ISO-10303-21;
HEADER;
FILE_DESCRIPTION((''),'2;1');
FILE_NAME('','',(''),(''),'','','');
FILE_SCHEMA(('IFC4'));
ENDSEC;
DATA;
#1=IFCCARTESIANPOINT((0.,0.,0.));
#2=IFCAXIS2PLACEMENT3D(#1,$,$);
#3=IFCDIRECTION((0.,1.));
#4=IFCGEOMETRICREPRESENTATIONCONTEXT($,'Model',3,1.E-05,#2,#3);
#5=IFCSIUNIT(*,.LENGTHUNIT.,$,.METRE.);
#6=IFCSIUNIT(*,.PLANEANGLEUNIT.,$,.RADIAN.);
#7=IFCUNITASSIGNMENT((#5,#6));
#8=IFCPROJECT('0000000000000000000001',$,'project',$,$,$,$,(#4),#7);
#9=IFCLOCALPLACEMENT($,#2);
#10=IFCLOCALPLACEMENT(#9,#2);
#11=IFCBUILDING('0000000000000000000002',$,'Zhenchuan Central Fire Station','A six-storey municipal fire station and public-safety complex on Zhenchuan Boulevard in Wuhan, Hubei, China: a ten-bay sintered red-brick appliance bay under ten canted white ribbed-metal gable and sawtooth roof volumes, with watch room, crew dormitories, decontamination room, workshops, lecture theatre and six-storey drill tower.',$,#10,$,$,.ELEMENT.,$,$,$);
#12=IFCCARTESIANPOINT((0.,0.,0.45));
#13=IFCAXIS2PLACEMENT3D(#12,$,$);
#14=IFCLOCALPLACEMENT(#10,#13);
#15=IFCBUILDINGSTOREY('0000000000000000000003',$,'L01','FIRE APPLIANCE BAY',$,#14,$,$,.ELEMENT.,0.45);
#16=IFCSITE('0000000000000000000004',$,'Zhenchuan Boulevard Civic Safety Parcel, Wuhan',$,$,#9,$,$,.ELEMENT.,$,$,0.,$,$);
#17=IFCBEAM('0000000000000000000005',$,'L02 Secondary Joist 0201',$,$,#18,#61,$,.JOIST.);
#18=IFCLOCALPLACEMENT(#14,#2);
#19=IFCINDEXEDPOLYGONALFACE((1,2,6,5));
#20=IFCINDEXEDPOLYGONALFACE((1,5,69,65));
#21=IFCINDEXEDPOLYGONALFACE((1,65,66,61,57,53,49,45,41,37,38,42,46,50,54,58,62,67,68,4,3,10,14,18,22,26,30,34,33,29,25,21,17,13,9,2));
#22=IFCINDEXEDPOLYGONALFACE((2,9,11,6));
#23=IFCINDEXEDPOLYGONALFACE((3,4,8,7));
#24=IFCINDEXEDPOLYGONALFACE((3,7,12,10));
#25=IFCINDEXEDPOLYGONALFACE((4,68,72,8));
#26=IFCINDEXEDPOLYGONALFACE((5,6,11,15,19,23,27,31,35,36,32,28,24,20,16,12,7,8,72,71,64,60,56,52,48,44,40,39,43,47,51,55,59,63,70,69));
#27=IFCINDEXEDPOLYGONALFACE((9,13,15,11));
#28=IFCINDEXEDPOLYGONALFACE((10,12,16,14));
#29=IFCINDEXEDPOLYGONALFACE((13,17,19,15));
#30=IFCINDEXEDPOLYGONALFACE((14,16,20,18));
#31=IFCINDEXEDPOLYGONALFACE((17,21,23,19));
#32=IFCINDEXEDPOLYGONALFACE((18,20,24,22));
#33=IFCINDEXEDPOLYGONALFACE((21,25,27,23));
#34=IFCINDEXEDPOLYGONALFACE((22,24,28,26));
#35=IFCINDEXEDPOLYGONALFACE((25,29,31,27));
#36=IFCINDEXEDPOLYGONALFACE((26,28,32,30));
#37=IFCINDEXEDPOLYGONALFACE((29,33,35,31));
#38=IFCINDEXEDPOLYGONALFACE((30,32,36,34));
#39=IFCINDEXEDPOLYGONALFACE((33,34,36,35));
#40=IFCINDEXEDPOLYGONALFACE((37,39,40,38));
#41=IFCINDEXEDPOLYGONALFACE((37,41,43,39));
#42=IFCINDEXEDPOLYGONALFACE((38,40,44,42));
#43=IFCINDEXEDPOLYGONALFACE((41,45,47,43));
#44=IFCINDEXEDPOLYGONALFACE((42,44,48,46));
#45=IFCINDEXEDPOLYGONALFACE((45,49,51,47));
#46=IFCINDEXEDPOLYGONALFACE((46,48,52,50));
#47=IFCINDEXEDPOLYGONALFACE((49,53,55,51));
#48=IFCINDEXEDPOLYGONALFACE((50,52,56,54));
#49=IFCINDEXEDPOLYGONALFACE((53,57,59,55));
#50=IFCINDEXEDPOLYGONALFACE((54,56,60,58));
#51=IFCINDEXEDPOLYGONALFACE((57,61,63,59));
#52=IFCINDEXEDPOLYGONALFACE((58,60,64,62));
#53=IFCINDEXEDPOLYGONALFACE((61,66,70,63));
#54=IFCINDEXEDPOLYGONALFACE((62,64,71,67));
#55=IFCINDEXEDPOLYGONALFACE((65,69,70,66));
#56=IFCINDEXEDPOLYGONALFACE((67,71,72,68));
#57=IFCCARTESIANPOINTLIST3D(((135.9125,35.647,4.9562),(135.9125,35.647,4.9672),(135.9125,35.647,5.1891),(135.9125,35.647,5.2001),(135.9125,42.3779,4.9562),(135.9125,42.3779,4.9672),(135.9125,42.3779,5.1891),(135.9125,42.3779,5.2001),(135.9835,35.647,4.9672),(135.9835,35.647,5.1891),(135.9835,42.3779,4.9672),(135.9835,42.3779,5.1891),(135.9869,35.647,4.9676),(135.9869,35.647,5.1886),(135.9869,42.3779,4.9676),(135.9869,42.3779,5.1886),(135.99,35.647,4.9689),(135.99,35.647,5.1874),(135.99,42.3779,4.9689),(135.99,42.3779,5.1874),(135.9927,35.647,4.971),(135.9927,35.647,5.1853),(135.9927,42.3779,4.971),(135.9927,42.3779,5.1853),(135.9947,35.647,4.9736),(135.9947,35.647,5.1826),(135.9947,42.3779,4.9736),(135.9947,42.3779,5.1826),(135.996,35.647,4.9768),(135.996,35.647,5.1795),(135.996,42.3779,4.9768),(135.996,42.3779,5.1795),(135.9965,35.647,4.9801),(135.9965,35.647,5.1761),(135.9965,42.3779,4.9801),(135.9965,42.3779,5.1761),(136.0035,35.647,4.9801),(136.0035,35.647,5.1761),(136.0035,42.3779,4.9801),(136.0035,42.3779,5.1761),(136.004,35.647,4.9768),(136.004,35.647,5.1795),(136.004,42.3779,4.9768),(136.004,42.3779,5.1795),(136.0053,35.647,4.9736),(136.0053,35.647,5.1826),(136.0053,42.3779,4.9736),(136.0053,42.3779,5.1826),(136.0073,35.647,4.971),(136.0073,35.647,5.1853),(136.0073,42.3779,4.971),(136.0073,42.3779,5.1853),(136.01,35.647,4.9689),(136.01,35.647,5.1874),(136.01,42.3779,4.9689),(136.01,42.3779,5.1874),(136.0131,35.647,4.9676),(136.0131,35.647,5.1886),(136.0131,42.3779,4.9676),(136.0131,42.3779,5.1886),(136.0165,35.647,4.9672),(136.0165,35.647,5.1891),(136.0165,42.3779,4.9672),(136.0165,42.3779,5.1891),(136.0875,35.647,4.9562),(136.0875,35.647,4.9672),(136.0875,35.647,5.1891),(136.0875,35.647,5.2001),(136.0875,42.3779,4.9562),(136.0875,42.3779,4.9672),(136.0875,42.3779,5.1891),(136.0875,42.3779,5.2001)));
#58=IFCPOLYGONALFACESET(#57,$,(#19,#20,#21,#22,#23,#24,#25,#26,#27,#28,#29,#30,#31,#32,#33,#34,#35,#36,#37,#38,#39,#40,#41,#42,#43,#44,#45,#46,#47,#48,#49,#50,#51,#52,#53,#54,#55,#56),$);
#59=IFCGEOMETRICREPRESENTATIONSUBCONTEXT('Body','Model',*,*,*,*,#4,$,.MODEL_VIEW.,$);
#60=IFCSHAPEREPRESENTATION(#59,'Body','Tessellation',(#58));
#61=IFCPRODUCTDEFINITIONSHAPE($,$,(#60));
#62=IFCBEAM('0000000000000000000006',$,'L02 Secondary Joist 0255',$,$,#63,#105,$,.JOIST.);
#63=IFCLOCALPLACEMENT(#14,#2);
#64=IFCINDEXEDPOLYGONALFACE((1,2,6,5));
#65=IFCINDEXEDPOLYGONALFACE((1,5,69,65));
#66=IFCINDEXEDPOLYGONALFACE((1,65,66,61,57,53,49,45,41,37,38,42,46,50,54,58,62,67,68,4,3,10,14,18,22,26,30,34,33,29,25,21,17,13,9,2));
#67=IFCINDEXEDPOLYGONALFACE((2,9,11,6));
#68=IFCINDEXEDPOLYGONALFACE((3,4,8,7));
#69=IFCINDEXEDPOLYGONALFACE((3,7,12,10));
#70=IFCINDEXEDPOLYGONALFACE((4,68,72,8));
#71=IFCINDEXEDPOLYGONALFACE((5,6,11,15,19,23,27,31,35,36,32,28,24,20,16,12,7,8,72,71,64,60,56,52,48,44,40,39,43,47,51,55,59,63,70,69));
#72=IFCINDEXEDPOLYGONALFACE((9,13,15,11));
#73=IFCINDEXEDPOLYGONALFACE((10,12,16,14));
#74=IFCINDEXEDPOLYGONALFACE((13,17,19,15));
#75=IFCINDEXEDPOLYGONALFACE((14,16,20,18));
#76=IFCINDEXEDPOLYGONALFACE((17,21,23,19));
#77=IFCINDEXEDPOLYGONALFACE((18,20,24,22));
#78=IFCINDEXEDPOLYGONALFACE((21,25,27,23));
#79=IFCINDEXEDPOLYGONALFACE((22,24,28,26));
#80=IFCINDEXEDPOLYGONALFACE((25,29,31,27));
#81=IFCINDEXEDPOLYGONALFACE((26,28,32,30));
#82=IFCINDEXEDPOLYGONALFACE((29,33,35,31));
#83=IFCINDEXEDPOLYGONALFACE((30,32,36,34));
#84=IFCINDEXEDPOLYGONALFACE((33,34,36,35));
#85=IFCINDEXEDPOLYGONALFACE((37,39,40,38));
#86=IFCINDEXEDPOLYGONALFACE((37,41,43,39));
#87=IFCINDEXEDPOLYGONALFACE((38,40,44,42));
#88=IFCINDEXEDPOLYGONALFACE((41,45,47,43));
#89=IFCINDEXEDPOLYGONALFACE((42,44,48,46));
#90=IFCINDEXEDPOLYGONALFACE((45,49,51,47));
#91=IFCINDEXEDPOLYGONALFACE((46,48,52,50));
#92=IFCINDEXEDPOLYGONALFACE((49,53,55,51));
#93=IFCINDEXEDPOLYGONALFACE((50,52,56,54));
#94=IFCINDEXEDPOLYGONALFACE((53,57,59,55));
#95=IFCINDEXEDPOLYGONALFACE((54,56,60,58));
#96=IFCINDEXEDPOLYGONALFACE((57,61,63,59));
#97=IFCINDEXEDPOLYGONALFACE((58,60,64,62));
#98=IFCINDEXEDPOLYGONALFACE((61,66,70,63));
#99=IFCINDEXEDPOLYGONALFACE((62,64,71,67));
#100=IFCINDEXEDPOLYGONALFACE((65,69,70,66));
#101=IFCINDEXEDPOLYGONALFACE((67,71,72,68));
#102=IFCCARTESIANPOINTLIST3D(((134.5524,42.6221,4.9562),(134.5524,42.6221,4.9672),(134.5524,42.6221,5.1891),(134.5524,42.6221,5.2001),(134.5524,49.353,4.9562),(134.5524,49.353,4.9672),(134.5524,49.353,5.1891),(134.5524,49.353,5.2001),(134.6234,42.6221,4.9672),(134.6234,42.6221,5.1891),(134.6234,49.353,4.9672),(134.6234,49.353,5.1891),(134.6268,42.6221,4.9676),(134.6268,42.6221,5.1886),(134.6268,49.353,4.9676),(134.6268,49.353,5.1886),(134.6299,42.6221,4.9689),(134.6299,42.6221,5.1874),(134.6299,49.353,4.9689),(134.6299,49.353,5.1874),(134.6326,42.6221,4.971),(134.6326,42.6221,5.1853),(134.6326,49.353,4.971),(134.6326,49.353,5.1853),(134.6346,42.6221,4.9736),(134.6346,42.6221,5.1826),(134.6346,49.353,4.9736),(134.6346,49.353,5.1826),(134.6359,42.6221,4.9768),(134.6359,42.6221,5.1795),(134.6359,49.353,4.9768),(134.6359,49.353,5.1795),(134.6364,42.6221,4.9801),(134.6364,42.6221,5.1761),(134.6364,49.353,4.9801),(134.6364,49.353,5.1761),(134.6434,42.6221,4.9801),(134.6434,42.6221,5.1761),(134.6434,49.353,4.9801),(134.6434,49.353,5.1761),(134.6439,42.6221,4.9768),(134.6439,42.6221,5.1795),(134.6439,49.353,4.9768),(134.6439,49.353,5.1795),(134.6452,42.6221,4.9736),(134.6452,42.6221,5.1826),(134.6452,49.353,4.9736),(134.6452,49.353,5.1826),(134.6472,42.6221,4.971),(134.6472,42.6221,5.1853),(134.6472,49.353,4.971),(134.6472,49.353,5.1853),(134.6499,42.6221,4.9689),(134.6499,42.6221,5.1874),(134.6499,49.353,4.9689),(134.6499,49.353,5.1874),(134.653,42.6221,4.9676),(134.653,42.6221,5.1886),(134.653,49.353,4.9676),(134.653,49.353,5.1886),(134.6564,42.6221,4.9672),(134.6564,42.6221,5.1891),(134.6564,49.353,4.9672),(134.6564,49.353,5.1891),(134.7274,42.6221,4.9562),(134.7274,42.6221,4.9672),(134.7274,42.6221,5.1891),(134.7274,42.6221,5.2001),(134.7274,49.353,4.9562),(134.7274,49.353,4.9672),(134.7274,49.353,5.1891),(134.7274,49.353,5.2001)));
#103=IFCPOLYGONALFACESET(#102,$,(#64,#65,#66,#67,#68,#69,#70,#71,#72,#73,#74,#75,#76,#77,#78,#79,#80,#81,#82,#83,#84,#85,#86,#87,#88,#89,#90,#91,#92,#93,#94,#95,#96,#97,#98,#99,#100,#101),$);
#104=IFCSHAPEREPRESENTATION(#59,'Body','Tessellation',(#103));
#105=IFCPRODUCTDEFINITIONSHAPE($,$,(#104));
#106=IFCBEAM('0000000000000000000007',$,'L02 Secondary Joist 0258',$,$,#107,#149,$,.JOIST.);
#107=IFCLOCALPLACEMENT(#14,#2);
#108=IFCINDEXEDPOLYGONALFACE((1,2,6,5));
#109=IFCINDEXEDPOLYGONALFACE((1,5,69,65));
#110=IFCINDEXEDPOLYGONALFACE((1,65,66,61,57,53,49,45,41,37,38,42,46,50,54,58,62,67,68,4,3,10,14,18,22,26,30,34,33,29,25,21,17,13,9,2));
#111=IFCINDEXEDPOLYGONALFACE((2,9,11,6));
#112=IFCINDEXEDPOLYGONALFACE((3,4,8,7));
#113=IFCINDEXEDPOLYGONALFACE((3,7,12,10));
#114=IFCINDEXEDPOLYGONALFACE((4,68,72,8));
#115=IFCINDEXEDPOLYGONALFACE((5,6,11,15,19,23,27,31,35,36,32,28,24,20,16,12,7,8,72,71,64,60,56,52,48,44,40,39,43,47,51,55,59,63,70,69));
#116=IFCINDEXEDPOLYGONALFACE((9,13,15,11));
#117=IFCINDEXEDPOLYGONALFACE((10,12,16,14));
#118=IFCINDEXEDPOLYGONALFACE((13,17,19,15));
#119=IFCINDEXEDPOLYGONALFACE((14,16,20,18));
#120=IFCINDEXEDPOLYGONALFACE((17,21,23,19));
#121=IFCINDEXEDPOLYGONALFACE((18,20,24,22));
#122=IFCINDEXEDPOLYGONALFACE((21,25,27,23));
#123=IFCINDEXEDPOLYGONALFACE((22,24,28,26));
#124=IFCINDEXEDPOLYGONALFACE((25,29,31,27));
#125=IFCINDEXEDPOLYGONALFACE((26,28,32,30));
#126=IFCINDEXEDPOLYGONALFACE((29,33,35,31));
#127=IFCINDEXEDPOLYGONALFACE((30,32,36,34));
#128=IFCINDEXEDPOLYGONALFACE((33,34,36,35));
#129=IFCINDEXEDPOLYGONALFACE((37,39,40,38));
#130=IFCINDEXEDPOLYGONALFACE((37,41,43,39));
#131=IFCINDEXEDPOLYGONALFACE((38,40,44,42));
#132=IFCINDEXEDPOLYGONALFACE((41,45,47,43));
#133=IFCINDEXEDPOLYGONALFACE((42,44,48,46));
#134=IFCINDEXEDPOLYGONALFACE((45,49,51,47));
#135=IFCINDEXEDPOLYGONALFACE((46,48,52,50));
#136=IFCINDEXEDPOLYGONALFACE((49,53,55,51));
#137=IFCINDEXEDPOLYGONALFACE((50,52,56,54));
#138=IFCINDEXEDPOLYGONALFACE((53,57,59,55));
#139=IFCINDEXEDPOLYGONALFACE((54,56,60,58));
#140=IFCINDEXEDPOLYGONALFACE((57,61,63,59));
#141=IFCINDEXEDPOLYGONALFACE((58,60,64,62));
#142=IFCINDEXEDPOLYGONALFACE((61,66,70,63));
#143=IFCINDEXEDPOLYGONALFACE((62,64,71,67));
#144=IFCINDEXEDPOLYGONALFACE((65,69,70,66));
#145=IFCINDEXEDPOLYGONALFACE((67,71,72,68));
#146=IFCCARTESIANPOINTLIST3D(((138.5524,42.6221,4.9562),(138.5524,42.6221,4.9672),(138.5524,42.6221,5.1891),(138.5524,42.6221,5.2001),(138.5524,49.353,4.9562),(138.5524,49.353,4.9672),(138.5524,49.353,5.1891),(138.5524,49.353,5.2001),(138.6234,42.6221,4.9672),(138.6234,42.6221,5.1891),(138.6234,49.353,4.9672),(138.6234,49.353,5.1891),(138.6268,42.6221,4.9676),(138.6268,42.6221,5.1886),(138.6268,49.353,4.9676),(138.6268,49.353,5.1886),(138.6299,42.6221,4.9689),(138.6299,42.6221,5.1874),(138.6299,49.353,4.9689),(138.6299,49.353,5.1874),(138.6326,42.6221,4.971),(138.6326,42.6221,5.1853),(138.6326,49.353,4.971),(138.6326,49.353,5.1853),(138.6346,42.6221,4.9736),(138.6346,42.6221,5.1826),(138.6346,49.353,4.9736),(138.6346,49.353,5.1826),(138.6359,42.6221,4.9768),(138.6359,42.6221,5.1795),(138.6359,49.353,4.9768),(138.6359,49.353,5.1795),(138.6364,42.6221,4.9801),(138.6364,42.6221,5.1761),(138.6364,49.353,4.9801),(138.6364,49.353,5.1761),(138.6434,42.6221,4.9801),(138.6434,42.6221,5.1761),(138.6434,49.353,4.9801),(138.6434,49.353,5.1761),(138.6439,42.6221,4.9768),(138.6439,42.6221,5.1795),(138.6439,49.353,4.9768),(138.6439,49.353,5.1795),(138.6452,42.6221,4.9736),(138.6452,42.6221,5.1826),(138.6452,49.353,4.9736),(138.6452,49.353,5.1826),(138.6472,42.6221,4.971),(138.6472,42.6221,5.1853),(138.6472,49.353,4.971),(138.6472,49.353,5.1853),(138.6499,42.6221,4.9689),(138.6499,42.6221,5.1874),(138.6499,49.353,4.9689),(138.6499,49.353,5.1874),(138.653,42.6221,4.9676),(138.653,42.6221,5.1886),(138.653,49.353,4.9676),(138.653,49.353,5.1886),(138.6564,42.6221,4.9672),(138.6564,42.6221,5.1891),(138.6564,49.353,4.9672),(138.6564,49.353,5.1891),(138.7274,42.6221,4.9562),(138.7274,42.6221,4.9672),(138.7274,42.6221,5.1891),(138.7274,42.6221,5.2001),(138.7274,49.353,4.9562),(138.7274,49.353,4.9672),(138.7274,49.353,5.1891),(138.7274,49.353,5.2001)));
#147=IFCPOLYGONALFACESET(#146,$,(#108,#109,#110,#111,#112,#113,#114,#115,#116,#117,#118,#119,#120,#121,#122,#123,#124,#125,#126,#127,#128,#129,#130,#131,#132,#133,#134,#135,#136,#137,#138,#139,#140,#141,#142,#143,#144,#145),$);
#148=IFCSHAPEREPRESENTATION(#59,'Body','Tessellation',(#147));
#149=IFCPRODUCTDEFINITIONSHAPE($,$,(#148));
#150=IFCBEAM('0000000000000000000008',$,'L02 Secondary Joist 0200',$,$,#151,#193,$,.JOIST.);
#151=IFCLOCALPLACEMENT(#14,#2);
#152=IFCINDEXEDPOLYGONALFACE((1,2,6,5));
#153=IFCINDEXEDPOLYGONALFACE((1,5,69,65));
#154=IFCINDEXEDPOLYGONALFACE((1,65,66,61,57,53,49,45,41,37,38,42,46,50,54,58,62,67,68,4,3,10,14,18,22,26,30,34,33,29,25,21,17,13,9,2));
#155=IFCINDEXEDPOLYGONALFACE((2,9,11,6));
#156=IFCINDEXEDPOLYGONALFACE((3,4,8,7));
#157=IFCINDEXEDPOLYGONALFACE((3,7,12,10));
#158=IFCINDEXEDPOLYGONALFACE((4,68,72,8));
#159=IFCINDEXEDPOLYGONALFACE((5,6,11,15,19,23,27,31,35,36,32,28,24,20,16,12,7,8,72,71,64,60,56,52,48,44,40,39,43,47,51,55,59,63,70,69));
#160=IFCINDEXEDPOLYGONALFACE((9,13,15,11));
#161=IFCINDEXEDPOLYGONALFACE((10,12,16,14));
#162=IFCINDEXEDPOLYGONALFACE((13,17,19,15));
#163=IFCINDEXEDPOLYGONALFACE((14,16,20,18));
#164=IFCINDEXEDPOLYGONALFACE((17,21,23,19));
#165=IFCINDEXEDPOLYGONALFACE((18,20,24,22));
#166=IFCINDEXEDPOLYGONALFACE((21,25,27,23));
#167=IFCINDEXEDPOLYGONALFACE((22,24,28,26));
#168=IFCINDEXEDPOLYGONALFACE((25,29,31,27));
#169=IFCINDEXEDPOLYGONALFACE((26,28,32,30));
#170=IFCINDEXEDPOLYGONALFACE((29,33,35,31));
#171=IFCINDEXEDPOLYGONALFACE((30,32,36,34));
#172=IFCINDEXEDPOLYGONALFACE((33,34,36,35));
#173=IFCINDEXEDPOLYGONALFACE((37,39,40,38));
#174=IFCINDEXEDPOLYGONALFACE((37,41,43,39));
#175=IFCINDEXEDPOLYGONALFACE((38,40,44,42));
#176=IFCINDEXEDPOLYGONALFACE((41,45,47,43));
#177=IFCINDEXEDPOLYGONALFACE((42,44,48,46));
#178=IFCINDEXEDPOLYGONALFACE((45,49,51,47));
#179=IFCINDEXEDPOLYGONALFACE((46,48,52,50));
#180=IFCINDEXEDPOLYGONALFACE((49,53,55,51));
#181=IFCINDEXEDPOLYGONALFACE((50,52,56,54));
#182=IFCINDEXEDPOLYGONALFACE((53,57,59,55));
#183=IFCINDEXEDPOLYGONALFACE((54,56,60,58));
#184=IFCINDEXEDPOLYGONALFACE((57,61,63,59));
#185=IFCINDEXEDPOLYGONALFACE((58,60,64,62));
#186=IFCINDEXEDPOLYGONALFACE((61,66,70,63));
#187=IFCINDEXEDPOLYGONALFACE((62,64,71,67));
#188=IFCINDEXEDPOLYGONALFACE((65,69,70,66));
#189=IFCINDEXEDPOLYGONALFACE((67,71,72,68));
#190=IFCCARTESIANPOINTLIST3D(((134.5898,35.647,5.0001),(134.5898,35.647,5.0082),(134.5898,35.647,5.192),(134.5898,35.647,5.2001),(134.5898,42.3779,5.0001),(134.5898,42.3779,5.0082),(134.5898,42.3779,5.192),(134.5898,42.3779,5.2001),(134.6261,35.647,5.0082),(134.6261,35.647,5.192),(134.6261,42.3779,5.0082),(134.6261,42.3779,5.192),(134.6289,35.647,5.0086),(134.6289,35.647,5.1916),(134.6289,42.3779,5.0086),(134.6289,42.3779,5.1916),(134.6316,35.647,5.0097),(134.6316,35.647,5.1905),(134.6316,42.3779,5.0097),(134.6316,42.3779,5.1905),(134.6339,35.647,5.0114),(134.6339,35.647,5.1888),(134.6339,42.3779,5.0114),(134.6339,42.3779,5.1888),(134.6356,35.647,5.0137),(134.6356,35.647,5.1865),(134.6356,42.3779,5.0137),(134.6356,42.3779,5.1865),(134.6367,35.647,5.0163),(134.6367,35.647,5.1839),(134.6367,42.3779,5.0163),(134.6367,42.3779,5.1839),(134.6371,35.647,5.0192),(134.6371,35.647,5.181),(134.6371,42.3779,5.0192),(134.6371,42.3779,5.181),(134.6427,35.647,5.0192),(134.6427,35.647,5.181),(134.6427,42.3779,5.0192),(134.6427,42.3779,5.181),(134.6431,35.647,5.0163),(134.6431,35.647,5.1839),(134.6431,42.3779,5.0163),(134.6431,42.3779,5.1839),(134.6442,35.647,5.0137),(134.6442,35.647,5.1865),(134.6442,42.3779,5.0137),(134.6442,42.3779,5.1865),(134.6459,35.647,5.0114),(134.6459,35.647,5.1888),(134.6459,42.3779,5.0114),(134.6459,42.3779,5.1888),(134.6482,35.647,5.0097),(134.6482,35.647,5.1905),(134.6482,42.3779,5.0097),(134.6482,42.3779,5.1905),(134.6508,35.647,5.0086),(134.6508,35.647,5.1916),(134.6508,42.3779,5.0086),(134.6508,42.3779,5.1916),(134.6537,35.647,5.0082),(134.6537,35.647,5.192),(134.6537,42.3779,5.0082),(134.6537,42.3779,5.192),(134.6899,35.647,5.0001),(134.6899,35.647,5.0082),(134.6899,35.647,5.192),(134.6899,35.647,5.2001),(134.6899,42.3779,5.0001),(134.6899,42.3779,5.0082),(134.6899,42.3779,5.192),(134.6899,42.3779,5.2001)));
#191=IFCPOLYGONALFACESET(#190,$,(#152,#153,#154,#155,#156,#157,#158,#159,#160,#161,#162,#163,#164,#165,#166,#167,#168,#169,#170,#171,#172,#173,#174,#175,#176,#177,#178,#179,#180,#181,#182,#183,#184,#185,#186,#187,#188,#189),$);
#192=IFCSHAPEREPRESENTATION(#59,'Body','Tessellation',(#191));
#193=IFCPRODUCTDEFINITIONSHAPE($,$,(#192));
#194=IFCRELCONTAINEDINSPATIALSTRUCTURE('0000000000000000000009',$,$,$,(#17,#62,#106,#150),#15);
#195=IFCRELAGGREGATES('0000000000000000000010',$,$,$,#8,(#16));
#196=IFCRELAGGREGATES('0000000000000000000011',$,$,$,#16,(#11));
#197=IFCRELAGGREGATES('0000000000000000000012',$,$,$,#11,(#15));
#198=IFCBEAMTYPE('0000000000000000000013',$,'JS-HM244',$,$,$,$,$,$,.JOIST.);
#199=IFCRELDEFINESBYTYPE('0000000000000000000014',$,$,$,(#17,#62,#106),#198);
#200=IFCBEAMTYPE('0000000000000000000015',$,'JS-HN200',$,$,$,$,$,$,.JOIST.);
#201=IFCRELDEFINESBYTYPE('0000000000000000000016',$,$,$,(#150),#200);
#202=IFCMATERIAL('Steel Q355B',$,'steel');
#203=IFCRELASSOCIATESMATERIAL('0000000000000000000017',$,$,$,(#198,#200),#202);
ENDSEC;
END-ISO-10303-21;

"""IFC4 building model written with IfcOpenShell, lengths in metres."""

from ifc_helpers import new_model, si_unit, direction, frame, origin, origin_2d, place, context, subcontext, project, spatial, i_section, extrude, material, material_profile, profile_set, type_object, element, save


model = new_model("IFC4")

# Units and contexts
model_context = context("Model", 3, precision=1e-05, world=origin(), true_north=direction((0.0, 1.0)))
body_context = subcontext(model_context, "Body", "Model", "MODEL_VIEW")
ifc_project = project(units=[si_unit("LENGTHUNIT", "METRE"), si_unit("PLANEANGLEUNIT", "RADIAN")], contexts=[model_context])

# Site, building, storey
site_placement = place(None, origin())
site = spatial("IfcSite", under=ifc_project, at=site_placement, Name="Zhenchuan Boulevard Civic Safety Parcel, Wuhan", CompositionType="ELEMENT", RefElevation=0.0)
building_placement = place(site_placement, origin())
building = spatial("IfcBuilding", under=site, at=building_placement, Name="Zhenchuan Central Fire Station", Description="A six-storey municipal fire station and public-safety complex on Zhenchuan Boulevard in Wuhan, Hubei, China: a ten-bay sintered red-brick appliance bay under ten canted white ribbed-metal gable and sawtooth roof volumes, with watch room, crew dormitories, decontamination room, workshops, lecture theatre and six-storey drill tower.", CompositionType="ELEMENT")
storey_placement = place(building_placement, frame((0.0, 0.0, 0.45)))
storey = spatial("IfcBuildingStorey", under=building, at=storey_placement, Name="L01", Description="FIRE APPLIANCE BAY", CompositionType="ELEMENT", Elevation=0.45)

# Beams
ifc_material_1 = material(Name="Steel Q355B", Category="steel")
ifc_material_profile_1 = material_profile(ifc_material_1, i_section(OverallWidth=0.175, OverallDepth=0.2439, WebThickness=0.0071, FlangeThickness=0.011, FilletRadius=0.0129, at=origin_2d()), Name="HM 244x175")
ifc_profile_set_1 = profile_set([ifc_material_profile_1], Name="Steel Q355B")
beam_type_1 = type_object("IfcBeamType", Name="JS-HM244", PredefinedType="JOIST", material=ifc_profile_set_1)
for number, where, z_axis, x_axis, name in (
    (1, (136.0, 35.647, 5.0781), (0.0, 1.0, 0.0), (-1.0, 0.0, 0.0), "L02 Secondary Joist 0201"),
    (2, (134.6399, 42.6221, 5.0781), (0.0, 1.0, 0.0), (-1.0, 0.0, 0.0), "L02 Secondary Joist 0255"),
    (3, (138.6399, 42.6221, 5.0781), (0.0, 1.0, 0.0), (-1.0, 0.0, 0.0), "L02 Secondary Joist 0258"),
):
    element("IfcBeam", number, at=place(storey_placement, frame(where, z_axis=z_axis, x_axis=x_axis)), inside=storey, type_object=beam_type_1, Name=name, PredefinedType="JOIST", context=body_context, shape_type="SweptSolid", body=[
        extrude(i_section(OverallWidth=0.175, OverallDepth=0.2439, WebThickness=0.0071, FlangeThickness=0.011, FilletRadius=0.0129, at=origin_2d()), origin(), (0.0, 0.0, 1.0), 6.731),
    ])
ifc_material_profile_2 = material_profile(ifc_material_1, i_section(OverallWidth=0.1001, OverallDepth=0.2, WebThickness=0.0056, FlangeThickness=0.0081, FilletRadius=0.011, at=origin_2d()), Name="HN 200x100")
ifc_profile_set_2 = profile_set([ifc_material_profile_2], Name="Steel Q355B")
beam_type_2 = type_object("IfcBeamType", Name="JS-HN200", PredefinedType="JOIST", material=ifc_profile_set_2)
for number, where, z_axis, x_axis, name in (
    (4, (134.6399, 35.647, 5.1001), (0.0, 1.0, 0.0), (-1.0, 0.0, 0.0), "L02 Secondary Joist 0200"),
):
    element("IfcBeam", number, at=place(storey_placement, frame(where, z_axis=z_axis, x_axis=x_axis)), inside=storey, type_object=beam_type_2, Name=name, PredefinedType="JOIST", context=body_context, shape_type="SweptSolid", body=[
        extrude(i_section(OverallWidth=0.1001, OverallDepth=0.2, WebThickness=0.0056, FlangeThickness=0.0081, FilletRadius=0.011, at=origin_2d()), origin(), (0.0, 0.0, 1.0), 6.731),
    ])

save(model, "model.ifc")
